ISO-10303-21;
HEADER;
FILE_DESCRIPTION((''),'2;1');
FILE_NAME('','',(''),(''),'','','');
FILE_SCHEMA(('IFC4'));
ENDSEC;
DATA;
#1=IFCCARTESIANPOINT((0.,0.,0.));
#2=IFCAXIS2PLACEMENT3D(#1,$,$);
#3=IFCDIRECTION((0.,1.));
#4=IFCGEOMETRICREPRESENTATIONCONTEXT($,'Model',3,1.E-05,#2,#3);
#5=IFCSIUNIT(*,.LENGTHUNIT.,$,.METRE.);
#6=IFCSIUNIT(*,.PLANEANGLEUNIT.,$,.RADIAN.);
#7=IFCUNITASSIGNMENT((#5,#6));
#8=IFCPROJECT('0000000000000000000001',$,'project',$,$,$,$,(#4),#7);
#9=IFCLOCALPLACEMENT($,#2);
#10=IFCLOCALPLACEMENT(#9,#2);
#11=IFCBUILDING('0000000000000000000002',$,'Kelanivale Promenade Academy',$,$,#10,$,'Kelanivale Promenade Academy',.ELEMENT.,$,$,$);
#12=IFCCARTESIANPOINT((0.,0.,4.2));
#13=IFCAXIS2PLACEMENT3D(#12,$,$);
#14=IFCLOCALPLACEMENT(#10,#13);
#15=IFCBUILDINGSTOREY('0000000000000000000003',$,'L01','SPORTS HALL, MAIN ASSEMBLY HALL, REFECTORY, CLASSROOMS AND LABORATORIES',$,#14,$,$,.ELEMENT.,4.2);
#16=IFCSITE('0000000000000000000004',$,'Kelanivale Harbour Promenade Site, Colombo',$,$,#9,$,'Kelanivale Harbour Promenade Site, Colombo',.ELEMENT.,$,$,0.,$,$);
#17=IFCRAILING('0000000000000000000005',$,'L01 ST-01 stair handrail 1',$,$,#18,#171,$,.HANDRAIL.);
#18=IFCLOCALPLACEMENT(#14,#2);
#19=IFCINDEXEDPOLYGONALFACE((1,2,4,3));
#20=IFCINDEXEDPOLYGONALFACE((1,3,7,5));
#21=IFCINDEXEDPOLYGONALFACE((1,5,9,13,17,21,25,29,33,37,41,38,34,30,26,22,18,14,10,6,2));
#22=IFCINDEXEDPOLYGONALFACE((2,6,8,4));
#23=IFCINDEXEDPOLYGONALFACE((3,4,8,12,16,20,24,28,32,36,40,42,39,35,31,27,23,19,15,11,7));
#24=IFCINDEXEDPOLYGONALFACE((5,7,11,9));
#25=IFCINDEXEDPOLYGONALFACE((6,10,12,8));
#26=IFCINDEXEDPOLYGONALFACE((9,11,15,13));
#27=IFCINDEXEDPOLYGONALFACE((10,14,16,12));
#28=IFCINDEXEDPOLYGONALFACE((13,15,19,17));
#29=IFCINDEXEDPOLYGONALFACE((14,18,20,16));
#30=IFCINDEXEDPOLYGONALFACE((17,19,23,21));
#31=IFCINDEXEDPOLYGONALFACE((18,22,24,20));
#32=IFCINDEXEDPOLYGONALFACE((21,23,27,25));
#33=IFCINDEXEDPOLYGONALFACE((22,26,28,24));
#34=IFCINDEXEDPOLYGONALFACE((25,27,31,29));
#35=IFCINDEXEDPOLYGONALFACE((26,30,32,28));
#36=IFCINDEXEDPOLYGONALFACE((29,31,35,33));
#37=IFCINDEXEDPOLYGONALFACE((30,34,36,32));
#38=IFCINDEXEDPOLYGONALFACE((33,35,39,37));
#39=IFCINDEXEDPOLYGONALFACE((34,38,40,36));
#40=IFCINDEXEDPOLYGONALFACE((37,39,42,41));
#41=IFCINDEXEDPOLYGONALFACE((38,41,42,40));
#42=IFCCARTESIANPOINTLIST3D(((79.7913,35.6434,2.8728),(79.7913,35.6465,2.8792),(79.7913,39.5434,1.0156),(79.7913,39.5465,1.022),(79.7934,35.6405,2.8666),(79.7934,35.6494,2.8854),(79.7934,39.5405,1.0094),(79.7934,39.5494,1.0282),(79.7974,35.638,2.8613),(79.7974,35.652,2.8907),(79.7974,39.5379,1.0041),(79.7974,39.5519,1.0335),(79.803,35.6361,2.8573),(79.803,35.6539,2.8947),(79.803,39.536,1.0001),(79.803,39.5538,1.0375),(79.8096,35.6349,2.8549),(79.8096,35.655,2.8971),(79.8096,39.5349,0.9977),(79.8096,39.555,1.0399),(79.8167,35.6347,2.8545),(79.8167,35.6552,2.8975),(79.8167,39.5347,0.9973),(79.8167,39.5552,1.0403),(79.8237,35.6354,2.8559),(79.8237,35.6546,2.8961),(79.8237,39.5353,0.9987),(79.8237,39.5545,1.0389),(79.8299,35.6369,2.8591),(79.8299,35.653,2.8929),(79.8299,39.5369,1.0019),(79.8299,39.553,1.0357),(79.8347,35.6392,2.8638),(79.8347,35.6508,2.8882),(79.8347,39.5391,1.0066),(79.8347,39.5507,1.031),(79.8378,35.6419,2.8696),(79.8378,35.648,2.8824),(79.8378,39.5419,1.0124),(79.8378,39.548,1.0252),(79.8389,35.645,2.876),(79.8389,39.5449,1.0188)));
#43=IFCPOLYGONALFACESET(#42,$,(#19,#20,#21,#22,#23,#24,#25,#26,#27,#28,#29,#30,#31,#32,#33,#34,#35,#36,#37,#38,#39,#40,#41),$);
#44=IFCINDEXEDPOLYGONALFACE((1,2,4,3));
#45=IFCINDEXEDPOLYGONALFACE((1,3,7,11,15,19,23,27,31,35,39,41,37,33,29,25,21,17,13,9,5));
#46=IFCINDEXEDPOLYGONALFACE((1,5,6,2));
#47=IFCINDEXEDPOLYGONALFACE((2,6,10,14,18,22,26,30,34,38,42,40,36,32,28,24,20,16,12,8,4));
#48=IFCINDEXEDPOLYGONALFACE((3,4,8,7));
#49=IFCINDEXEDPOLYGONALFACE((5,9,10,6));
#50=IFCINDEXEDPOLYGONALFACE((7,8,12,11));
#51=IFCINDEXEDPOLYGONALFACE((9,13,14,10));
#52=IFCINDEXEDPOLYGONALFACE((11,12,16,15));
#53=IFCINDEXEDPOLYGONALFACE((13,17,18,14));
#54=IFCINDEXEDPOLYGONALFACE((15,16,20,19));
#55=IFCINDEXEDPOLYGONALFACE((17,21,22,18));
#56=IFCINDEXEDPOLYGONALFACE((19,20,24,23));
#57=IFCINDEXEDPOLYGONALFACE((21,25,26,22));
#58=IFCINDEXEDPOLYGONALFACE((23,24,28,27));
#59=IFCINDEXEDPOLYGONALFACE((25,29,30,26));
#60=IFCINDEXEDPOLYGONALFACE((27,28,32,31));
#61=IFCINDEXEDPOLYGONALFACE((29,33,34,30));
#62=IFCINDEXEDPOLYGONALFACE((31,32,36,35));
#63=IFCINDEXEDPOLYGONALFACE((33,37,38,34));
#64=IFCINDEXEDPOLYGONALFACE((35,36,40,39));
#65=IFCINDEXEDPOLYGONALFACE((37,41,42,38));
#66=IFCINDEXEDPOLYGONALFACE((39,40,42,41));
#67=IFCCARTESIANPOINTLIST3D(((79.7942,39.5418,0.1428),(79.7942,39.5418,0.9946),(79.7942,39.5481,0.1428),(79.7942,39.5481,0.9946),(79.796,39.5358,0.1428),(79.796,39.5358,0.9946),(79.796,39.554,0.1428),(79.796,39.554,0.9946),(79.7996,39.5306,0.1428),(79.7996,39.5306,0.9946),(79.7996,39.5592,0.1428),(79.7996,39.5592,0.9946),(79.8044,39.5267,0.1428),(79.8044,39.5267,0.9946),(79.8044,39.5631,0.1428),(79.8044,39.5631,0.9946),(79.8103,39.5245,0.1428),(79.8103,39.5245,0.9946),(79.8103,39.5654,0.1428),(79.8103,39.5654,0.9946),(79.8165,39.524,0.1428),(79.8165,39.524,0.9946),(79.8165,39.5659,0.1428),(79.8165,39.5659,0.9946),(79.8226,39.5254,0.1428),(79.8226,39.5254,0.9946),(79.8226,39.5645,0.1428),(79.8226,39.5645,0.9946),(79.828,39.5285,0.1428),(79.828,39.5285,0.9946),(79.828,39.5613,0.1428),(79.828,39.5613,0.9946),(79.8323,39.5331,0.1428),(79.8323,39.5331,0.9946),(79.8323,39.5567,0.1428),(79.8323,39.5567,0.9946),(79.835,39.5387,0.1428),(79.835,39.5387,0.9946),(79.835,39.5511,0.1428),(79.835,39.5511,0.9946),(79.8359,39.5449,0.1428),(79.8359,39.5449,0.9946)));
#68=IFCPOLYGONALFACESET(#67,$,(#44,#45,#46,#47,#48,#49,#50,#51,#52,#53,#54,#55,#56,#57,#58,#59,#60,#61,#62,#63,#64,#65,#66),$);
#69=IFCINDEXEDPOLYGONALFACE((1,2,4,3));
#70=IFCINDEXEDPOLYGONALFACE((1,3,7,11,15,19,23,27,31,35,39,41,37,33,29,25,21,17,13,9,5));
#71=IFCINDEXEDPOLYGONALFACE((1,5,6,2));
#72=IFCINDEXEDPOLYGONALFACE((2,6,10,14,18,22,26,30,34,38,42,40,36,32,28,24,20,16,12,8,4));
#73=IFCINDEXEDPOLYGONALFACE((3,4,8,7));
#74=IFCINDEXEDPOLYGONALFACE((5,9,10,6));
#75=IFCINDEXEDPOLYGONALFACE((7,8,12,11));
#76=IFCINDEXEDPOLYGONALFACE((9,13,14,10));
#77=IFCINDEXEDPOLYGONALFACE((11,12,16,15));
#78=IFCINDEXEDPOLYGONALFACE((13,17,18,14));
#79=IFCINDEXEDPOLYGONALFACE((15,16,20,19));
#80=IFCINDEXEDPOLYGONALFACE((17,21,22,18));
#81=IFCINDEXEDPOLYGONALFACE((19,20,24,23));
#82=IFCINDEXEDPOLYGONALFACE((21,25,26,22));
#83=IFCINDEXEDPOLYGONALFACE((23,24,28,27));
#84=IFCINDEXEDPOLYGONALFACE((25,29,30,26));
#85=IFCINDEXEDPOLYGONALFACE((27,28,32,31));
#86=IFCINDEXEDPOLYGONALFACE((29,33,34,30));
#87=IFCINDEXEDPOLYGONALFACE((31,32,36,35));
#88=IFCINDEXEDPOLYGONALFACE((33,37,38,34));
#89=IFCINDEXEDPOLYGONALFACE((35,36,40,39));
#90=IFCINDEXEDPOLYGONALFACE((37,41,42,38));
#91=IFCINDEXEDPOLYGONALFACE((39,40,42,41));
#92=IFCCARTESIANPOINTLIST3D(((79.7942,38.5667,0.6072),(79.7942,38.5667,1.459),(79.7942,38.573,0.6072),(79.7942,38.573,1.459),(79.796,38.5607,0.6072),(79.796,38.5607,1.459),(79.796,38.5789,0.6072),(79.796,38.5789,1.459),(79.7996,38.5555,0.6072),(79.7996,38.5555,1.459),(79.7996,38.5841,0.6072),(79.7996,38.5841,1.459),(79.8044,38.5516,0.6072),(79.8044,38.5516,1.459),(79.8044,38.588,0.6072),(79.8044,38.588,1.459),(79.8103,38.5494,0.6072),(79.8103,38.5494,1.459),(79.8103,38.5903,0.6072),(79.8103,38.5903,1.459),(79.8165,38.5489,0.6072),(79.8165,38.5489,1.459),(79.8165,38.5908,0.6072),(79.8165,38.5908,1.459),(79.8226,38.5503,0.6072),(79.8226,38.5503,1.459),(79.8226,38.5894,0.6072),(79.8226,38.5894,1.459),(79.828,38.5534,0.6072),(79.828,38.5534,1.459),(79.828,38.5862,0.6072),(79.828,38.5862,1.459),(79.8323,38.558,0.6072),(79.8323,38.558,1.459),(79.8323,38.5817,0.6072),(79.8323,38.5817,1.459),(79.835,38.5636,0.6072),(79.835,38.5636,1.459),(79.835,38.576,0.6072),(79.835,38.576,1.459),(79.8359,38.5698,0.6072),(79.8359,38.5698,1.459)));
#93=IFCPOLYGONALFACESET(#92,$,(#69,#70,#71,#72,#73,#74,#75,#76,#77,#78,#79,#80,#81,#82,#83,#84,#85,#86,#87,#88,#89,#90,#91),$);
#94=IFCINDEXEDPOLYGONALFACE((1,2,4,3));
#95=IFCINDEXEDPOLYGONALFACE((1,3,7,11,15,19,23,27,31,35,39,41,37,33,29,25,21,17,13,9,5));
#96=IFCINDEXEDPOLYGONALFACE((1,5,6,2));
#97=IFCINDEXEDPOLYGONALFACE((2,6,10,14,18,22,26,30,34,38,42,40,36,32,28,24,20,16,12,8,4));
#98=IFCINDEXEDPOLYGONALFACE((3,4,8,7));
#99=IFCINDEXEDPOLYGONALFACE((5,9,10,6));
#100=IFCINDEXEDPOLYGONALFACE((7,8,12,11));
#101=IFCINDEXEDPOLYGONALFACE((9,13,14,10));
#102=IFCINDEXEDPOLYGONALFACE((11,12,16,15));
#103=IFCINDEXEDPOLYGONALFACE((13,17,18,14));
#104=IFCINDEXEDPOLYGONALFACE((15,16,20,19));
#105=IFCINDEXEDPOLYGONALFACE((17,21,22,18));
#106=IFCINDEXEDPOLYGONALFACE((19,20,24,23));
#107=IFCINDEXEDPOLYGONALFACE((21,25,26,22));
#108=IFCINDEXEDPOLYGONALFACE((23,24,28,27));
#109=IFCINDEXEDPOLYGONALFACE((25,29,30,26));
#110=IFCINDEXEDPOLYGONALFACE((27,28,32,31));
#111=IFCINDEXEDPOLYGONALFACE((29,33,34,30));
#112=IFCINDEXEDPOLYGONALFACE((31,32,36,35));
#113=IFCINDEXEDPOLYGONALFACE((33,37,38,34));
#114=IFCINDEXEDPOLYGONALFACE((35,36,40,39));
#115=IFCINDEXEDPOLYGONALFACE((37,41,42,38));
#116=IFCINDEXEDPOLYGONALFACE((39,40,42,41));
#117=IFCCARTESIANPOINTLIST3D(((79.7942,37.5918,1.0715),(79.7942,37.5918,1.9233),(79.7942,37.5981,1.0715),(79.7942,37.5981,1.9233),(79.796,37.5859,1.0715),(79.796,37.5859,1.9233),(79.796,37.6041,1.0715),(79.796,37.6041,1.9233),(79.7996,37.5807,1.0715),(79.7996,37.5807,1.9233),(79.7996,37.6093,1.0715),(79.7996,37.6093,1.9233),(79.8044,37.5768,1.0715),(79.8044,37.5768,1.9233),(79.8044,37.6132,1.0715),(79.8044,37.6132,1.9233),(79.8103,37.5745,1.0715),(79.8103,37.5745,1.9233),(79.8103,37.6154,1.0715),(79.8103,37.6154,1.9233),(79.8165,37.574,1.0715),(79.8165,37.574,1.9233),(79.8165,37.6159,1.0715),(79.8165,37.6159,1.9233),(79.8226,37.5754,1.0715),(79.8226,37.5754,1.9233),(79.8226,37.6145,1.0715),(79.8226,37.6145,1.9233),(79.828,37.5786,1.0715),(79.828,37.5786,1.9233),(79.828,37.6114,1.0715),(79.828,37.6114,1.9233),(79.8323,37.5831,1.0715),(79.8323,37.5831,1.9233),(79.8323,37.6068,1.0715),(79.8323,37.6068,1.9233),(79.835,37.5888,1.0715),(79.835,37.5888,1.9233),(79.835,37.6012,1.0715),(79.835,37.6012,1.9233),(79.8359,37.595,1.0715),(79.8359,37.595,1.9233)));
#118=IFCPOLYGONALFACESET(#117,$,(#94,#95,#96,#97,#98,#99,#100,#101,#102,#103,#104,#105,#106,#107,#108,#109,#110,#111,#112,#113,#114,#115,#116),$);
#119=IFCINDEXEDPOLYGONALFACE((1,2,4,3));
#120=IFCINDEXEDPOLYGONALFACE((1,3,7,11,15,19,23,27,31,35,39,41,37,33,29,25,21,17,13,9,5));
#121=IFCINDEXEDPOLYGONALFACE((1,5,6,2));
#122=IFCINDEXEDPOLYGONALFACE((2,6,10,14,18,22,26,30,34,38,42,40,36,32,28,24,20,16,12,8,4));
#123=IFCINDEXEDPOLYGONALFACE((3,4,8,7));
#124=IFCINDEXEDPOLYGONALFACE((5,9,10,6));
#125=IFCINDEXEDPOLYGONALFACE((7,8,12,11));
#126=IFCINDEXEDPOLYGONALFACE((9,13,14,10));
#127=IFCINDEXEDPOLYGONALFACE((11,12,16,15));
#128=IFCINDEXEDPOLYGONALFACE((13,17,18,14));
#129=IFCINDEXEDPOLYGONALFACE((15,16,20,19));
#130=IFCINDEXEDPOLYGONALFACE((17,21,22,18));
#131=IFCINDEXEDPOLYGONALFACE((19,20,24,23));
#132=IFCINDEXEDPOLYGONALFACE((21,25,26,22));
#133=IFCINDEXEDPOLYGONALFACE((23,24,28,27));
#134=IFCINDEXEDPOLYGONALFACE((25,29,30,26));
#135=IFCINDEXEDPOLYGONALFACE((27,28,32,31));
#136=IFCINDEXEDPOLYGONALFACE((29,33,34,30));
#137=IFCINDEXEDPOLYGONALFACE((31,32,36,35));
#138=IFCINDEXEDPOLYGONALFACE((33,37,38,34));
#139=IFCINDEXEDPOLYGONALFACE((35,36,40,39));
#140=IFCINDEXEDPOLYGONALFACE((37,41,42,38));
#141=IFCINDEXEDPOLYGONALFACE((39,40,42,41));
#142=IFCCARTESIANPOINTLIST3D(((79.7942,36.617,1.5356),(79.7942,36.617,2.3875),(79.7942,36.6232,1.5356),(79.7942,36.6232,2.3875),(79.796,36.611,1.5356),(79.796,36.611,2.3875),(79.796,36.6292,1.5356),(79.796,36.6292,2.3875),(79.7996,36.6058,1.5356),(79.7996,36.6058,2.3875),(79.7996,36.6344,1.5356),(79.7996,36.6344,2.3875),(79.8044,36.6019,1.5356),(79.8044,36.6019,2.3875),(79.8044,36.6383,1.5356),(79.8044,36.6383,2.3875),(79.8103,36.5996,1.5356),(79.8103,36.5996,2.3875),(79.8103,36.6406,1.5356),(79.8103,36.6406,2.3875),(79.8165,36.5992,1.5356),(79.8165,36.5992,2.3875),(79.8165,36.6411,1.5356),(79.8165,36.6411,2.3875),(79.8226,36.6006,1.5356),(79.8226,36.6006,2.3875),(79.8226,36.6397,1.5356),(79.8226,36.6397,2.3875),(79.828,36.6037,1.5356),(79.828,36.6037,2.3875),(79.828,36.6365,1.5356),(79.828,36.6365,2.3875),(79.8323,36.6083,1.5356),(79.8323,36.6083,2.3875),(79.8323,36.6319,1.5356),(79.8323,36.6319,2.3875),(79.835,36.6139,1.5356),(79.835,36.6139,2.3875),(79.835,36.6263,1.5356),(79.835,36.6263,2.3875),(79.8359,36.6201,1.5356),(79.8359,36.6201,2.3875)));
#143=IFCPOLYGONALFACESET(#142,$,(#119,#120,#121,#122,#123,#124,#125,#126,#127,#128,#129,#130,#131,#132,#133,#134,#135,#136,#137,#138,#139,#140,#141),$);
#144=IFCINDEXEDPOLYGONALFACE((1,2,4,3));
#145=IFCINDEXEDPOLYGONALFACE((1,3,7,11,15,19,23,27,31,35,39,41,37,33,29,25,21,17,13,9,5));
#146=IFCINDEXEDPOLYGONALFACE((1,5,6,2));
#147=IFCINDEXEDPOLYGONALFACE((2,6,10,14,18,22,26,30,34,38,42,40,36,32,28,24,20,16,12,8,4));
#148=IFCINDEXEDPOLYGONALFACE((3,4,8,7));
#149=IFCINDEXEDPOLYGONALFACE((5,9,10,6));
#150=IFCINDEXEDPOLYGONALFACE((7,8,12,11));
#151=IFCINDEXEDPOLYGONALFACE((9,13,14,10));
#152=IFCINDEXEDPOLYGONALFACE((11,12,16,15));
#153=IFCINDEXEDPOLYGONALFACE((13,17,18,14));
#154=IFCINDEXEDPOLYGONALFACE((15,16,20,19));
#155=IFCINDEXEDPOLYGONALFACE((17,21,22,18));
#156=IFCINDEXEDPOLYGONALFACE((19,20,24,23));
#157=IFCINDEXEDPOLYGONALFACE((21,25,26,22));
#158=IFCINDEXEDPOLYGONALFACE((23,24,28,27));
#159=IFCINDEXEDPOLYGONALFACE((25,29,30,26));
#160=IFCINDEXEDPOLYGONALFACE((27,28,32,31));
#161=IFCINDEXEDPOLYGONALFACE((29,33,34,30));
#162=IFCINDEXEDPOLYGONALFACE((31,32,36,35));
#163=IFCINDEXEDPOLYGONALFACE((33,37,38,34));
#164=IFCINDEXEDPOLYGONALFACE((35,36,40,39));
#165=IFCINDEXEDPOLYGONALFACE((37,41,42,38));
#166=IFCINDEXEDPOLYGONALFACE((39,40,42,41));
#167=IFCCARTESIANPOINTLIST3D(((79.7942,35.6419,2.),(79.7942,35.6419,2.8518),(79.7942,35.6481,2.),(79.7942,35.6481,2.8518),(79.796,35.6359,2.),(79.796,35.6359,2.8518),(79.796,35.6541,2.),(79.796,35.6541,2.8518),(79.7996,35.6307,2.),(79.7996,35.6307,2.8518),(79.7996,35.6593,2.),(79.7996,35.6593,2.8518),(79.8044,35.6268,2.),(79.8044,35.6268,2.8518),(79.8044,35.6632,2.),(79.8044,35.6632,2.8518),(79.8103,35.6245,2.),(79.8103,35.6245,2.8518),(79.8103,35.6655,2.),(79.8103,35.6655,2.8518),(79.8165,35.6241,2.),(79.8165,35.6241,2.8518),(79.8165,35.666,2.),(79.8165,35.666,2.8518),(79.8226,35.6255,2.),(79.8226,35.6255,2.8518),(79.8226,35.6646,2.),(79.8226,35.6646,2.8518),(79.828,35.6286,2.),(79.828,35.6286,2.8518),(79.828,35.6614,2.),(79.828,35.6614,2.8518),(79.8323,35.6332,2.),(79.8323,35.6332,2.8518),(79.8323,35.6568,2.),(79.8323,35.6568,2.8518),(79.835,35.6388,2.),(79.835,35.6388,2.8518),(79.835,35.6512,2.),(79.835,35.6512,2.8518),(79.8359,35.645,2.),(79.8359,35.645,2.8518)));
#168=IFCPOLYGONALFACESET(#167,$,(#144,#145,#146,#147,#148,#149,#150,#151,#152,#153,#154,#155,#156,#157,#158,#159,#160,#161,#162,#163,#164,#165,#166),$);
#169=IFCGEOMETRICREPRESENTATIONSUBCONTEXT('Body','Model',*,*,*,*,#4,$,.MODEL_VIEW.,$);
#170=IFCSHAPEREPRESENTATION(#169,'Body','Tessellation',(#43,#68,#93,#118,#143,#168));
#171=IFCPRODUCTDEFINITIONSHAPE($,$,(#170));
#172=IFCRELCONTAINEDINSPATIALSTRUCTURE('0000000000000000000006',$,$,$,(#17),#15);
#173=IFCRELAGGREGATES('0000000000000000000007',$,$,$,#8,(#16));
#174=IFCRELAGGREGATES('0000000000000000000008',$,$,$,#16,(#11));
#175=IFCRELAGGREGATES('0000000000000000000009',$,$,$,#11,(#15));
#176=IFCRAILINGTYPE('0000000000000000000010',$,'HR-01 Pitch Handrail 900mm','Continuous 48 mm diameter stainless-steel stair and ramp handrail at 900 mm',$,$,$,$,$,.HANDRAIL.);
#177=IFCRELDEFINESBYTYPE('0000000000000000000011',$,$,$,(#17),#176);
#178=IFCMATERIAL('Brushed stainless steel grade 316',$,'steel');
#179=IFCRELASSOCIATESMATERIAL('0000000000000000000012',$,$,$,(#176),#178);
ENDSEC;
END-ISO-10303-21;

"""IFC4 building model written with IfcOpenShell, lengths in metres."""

from ifc_helpers import new_model, si_unit, direction, frame, origin, origin_2d, place, context, subcontext, project, spatial, circle, extrude, material, type_object, element, save


model = new_model("IFC4")

# Units and contexts
model_context = context("Model", 3, precision=1e-05, world=origin(), true_north=direction((0.0, 1.0)))
body_context = subcontext(model_context, "Body", "Model", "MODEL_VIEW")
ifc_project = project(units=[si_unit("LENGTHUNIT", "METRE"), si_unit("PLANEANGLEUNIT", "RADIAN")], contexts=[model_context])

# Site, building, storey
site_placement = place(None, origin())
site = spatial("IfcSite", under=ifc_project, at=site_placement, Name="Kelanivale Harbour Promenade Site, Colombo", LongName="Kelanivale Harbour Promenade Site, Colombo", CompositionType="ELEMENT", RefElevation=0.0)
building_placement = place(site_placement, origin())
building = spatial("IfcBuilding", under=site, at=building_placement, Name="Kelanivale Promenade Academy", LongName="Kelanivale Promenade Academy", CompositionType="ELEMENT")
storey_placement = place(building_placement, frame((0.0, 0.0, 4.2)))
storey = spatial("IfcBuildingStorey", under=building, at=storey_placement, Name="L01", Description="SPORTS HALL, MAIN ASSEMBLY HALL, REFECTORY, CLASSROOMS AND LABORATORIES", CompositionType="ELEMENT", Elevation=4.2)

# Railing
ifc_material_1 = material(Name="Brushed stainless steel grade 316", Category="steel")
railing_type_1 = type_object("IfcRailingType", Name="HR-01 Pitch Handrail 900mm", Description="Continuous 48 mm diameter stainless-steel stair and ramp handrail at 900 mm", PredefinedType="HANDRAIL", material=ifc_material_1)
railing_1_placement = place(storey_placement, frame((79.8149, 39.5449, 0.1428)))
element("IfcRailing", 1, at=railing_1_placement, inside=storey, type_object=railing_type_1, Name="L01 ST-01 stair handrail 1", PredefinedType="HANDRAIL", context=body_context, shape_type="SweptSolid", body=[
    extrude(circle(Radius=0.0239, at=origin_2d()), frame((0.0, 0.0, 0.876), z_axis=(0.0, -0.902853, 0.429949), x_axis=(1.0, 0.0, 0.0)), (0.0, 0.0, 1.0), 4.3196),
    extrude(circle(Radius=0.021, at=origin_2d()), origin(), (0.0, 0.0, 1.0), 0.8518),
    extrude(circle(Radius=0.021, at=origin_2d()), frame((0.0, -0.9751, 0.4644)), (0.0, 0.0, 1.0), 0.8518),
    extrude(circle(Radius=0.021, at=origin_2d()), frame((0.0, -1.95, 0.9287)), (0.0, 0.0, 1.0), 0.8518),
    extrude(circle(Radius=0.021, at=origin_2d()), frame((0.0, -2.9248, 1.3928)), (0.0, 0.0, 1.0), 0.8518),
    extrude(circle(Radius=0.021, at=origin_2d()), frame((0.0, -3.8999, 1.8572)), (0.0, 0.0, 1.0), 0.8518),
])

save(model, "model.ifc")
